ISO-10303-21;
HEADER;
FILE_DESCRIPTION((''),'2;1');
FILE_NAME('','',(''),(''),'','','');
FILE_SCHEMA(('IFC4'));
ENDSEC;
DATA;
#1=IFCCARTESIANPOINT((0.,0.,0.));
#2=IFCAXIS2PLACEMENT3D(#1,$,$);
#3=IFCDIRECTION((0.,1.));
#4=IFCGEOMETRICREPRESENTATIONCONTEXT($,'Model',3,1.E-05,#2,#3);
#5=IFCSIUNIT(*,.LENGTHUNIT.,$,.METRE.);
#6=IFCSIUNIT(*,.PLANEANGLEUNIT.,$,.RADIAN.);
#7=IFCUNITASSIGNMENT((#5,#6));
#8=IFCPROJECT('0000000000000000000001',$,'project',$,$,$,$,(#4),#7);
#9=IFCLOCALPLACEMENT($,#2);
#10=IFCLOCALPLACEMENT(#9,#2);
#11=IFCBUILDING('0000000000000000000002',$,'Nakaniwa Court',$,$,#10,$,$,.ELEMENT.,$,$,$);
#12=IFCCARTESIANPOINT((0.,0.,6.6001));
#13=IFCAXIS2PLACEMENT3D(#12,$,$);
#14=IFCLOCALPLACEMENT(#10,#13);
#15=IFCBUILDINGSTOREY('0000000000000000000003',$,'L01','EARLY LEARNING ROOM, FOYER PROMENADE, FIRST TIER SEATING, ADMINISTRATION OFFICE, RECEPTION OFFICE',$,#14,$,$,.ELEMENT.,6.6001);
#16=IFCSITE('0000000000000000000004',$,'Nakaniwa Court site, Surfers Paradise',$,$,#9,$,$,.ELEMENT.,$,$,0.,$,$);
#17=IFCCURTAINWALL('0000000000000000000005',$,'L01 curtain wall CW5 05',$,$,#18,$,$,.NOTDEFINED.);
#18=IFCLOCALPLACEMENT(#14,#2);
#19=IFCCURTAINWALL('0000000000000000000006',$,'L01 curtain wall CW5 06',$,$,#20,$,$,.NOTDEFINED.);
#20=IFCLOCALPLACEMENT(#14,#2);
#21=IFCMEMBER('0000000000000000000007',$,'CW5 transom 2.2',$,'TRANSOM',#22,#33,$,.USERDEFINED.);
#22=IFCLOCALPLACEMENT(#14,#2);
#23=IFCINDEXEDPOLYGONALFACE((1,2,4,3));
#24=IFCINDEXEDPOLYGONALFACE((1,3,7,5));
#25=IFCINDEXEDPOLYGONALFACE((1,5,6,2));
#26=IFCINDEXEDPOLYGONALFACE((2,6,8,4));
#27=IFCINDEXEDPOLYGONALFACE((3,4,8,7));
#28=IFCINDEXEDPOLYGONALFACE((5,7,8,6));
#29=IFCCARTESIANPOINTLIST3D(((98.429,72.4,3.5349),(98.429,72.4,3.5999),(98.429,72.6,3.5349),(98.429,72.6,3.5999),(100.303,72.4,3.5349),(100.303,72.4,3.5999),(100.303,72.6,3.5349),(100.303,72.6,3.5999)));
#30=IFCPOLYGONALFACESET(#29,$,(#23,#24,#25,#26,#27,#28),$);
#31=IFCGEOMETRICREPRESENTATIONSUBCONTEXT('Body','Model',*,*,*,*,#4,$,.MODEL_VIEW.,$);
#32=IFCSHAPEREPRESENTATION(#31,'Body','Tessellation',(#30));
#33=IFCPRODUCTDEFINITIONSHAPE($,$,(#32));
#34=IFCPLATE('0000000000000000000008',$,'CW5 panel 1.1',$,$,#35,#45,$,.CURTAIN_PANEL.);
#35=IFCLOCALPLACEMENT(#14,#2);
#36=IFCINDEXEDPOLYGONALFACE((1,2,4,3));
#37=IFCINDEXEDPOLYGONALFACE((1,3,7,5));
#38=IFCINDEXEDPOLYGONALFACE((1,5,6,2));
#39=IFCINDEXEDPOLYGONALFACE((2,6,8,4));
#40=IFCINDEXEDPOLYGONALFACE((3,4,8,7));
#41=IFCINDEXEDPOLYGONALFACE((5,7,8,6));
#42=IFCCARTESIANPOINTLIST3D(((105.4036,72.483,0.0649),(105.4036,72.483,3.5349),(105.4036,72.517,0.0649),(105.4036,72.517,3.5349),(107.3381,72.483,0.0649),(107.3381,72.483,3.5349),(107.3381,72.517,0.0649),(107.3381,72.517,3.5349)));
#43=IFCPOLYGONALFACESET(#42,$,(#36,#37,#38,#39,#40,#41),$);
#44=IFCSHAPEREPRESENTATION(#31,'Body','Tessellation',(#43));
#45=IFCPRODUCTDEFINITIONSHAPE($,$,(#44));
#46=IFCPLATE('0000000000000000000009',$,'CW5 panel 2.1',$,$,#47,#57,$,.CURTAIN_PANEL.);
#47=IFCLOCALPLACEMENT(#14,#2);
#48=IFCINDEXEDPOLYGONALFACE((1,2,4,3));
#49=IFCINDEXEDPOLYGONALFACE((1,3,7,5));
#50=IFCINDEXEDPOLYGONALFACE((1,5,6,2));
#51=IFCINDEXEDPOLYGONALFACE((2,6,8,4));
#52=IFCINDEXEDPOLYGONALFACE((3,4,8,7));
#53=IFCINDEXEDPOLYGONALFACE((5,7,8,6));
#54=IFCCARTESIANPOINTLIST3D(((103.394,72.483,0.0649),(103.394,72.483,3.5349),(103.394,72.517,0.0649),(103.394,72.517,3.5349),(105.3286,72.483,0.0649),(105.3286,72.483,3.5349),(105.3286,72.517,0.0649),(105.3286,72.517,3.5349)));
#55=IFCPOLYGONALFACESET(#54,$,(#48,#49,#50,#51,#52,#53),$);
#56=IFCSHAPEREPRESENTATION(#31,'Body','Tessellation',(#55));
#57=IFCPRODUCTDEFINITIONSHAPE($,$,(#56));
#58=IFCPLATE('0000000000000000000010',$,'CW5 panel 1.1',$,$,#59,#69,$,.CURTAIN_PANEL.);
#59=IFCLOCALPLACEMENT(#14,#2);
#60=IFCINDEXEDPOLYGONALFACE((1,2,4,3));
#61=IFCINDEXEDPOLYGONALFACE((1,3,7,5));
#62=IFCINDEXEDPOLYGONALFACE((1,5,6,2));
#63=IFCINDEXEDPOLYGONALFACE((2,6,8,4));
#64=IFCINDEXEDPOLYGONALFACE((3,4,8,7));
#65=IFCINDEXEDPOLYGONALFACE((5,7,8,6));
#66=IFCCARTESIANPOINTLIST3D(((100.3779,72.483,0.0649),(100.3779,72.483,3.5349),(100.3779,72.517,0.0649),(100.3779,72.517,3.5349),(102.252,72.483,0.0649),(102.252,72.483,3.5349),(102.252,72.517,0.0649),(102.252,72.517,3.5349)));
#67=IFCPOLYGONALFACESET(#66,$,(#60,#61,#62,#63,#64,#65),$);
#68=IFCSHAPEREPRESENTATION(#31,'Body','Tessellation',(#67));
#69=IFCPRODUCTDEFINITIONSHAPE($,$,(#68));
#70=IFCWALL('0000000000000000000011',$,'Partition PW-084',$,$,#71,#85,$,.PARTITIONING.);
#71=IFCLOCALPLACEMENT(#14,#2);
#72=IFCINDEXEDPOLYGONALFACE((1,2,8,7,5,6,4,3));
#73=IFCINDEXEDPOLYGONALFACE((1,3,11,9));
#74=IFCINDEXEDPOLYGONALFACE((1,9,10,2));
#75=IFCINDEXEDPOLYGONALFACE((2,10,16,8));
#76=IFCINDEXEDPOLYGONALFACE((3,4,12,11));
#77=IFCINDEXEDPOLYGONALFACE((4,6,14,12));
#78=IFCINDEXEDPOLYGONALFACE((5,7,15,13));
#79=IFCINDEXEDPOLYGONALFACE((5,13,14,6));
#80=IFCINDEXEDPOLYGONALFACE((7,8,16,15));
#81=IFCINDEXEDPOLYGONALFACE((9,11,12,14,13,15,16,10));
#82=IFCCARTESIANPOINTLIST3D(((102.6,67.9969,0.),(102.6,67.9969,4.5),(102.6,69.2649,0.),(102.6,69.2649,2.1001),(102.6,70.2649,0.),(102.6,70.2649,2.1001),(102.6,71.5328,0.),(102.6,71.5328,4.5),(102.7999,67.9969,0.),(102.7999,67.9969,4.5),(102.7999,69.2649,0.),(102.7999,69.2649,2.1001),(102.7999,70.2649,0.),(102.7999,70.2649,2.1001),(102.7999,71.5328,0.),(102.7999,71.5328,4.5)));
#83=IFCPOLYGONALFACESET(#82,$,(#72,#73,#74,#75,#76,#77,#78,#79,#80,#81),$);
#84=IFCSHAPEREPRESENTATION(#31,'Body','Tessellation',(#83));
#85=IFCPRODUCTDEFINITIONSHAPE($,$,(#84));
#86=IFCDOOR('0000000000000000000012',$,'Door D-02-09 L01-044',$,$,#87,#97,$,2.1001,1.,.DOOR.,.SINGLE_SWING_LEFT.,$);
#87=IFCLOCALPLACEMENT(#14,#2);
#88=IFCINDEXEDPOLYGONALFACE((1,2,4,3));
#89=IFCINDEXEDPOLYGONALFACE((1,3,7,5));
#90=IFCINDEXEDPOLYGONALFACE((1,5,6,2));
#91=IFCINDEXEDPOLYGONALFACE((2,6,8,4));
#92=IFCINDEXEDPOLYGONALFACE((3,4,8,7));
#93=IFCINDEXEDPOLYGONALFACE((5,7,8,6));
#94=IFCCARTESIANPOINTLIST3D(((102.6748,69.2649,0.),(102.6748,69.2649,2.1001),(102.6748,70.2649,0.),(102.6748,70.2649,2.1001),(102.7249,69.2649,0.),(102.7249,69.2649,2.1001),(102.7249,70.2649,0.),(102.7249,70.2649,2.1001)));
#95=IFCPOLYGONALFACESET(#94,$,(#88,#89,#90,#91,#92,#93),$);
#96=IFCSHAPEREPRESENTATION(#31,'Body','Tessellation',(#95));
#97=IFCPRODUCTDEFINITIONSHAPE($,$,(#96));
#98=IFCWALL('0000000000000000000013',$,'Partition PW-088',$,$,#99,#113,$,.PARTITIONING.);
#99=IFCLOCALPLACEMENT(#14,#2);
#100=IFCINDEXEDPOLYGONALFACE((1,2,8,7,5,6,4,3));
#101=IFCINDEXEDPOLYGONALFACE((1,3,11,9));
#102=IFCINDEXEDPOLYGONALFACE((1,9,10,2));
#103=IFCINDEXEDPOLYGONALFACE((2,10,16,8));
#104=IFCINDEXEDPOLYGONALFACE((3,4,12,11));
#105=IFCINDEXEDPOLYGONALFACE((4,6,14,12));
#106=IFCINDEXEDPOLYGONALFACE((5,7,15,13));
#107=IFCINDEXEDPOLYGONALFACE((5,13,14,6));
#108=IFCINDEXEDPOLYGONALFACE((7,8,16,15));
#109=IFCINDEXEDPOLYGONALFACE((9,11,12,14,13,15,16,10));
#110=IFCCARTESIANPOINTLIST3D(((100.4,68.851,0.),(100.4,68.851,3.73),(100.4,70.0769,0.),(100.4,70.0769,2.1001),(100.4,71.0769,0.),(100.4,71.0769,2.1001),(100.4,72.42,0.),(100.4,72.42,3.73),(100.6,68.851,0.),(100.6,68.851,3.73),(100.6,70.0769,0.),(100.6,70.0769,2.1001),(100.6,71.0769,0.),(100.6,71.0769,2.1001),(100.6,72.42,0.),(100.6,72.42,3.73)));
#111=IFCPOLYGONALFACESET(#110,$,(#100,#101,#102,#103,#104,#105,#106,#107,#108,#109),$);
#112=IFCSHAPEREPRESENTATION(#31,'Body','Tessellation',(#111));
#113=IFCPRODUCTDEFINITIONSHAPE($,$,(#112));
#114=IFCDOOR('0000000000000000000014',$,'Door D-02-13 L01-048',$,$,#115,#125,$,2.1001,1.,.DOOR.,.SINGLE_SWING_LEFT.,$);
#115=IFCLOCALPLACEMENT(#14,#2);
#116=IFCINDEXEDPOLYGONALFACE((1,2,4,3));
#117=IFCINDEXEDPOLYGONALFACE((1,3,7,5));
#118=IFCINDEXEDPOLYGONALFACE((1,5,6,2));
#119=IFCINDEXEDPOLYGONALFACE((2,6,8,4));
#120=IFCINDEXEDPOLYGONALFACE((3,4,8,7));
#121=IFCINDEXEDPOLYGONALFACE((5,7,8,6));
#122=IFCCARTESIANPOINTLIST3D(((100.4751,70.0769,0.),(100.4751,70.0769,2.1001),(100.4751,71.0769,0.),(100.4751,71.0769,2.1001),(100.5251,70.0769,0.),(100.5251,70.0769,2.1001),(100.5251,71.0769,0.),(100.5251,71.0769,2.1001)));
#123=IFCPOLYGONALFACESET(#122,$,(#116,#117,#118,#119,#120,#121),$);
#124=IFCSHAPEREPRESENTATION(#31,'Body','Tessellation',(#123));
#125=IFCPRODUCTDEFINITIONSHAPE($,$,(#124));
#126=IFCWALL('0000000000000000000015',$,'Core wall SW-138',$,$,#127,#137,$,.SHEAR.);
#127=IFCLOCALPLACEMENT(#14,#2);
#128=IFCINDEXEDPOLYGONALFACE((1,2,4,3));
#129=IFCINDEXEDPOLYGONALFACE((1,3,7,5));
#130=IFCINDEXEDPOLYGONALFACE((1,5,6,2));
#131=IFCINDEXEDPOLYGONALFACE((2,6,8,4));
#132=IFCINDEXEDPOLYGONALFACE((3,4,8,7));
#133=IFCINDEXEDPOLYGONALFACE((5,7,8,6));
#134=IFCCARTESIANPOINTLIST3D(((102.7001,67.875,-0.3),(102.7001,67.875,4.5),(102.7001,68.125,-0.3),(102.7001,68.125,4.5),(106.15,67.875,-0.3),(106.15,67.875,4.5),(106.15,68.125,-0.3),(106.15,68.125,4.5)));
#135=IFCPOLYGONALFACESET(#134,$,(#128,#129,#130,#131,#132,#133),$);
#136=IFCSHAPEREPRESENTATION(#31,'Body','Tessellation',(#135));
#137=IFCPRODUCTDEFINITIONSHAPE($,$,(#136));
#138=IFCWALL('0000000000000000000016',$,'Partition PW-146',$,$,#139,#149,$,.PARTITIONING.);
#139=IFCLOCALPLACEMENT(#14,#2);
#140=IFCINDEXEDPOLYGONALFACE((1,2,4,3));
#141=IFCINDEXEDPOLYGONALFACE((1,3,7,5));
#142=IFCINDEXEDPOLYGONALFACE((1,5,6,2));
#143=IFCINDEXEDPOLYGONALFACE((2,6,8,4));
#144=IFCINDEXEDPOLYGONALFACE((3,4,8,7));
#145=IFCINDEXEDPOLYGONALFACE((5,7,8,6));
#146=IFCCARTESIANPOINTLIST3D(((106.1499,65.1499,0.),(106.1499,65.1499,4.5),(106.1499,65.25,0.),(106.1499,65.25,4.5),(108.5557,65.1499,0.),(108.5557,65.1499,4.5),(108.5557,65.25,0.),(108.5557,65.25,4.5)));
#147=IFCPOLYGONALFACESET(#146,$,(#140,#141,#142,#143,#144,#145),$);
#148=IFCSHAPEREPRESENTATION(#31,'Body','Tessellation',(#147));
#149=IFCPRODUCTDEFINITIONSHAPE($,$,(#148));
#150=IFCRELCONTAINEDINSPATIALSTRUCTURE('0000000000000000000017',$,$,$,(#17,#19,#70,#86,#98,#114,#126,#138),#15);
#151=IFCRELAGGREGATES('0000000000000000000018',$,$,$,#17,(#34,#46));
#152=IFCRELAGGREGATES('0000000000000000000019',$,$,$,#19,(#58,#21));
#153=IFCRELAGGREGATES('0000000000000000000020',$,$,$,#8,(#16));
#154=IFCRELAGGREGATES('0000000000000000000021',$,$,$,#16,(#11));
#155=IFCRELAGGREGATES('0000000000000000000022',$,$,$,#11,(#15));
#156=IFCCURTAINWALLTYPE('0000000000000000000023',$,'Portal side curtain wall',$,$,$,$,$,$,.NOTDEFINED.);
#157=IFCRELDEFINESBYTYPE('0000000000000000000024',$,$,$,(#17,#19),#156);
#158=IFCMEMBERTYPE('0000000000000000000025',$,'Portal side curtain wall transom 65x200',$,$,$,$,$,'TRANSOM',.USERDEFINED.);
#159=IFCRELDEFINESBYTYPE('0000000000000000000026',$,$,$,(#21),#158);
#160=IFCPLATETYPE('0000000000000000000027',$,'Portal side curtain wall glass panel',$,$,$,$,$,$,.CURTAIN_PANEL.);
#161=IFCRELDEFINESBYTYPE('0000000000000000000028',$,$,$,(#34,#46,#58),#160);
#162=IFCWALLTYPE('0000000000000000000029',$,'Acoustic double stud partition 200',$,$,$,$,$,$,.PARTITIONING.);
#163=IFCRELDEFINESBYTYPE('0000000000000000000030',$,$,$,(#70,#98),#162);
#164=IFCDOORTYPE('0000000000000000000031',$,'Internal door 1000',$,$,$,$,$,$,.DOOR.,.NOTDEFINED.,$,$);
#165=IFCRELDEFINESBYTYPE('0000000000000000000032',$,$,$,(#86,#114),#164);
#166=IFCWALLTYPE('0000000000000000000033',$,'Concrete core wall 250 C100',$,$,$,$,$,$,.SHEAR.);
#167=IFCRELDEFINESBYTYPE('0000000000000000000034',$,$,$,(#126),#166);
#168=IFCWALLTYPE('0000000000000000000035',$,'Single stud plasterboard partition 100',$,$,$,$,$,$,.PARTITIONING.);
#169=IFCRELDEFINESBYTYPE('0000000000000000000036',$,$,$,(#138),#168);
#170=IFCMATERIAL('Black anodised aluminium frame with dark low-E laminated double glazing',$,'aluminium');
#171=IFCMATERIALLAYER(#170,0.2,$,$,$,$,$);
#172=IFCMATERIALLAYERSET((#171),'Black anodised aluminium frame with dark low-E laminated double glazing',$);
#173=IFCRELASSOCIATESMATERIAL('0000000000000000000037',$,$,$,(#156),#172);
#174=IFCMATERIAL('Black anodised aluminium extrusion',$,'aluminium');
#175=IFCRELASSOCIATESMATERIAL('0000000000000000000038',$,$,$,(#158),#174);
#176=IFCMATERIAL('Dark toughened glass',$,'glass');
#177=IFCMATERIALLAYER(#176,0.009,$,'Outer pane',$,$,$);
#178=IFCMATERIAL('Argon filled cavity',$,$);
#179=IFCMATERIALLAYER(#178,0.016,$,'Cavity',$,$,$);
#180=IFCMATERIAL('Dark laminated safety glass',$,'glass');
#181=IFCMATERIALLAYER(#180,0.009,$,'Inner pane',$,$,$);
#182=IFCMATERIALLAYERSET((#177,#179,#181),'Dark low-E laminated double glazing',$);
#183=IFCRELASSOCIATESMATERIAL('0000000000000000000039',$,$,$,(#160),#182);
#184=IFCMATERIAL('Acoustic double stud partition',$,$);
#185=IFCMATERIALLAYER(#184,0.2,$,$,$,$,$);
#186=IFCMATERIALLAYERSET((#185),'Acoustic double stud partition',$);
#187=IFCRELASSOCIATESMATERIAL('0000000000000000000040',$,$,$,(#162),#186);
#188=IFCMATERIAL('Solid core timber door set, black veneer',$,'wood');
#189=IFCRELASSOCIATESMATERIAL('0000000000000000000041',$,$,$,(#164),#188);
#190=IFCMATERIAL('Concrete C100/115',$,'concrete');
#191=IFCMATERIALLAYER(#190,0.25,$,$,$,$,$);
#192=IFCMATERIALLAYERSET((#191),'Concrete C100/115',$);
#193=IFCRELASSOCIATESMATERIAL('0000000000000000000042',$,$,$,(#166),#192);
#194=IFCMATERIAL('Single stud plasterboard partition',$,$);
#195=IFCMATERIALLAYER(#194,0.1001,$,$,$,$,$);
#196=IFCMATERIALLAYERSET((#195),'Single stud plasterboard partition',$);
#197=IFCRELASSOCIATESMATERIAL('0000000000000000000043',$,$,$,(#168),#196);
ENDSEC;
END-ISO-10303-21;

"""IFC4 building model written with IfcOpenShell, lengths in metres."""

from ifc_helpers import new_model, si_unit, direction, frame, frame_2d, origin, origin_2d, place, context, subcontext, project, spatial, rectangle, extrude, material, layer, layer_set, material_profile, profile_set, type_object, element, fill, aggregate, save


model = new_model("IFC4")

# Units and contexts
model_context = context("Model", 3, precision=1e-05, world=origin(), true_north=direction((0.0, 1.0)))
body_context = subcontext(model_context, "Body", "Model", "MODEL_VIEW")
ifc_project = project(units=[si_unit("LENGTHUNIT", "METRE"), si_unit("PLANEANGLEUNIT", "RADIAN")], contexts=[model_context])

# Site, building, storey
site_placement = place(None, origin())
site = spatial("IfcSite", under=ifc_project, at=site_placement, Name="Nakaniwa Court site, Surfers Paradise", CompositionType="ELEMENT", RefElevation=0.0)
building_placement = place(site_placement, origin())
building = spatial("IfcBuilding", under=site, at=building_placement, Name="Nakaniwa Court", CompositionType="ELEMENT")
storey_placement = place(building_placement, frame((0.0, 0.0, 6.6001)))
storey = spatial("IfcBuildingStorey", under=building, at=storey_placement, Name="L01", Description="EARLY LEARNING ROOM, FOYER PROMENADE, FIRST TIER SEATING, ADMINISTRATION OFFICE, RECEPTION OFFICE", CompositionType="ELEMENT", Elevation=6.6001)

# Shared definitions
ifc_material_1 = material(Name="Concrete C100/115", Category="concrete")

# Curtain walls
ifc_material_2 = material(Name="Black anodised aluminium frame with dark low-E laminated double glazing", Category="aluminium")
ifc_layer_1 = layer(ifc_material_2, 0.2)
ifc_layer_set_1 = layer_set([ifc_layer_1], Name="Black anodised aluminium frame with dark low-E laminated double glazing")
curtain_wall_type = type_object("IfcCurtainWallType", Name="Portal side curtain wall", PredefinedType="NOTDEFINED", material=ifc_layer_set_1)
curtain_wall_1_placement = place(storey_placement, origin())
curtain_wall_1 = element("IfcCurtainWall", 1, at=curtain_wall_1_placement, inside=storey, type_object=curtain_wall_type, Name="L01 curtain wall CW5 05", PredefinedType="NOTDEFINED")
ifc_material_3 = material(Name="Black anodised aluminium extrusion", Category="aluminium")
curtain_wall_2_placement = place(storey_placement, origin())
curtain_wall_2 = element("IfcCurtainWall", 2, at=curtain_wall_2_placement, inside=storey, type_object=curtain_wall_type, Name="L01 curtain wall CW5 06", PredefinedType="NOTDEFINED")

# Member
ifc_material_profile_1 = material_profile(ifc_material_3, rectangle(XDim=0.2, YDim=0.0649, at=origin_2d()), Name="Portal side curtain wall transom 65x200")
ifc_profile_set_1 = profile_set([ifc_material_profile_1], Name="Black anodised aluminium extrusion")
member_type_1 = type_object("IfcMemberType", Name="Portal side curtain wall transom 65x200", ElementType="TRANSOM", PredefinedType="USERDEFINED", material=ifc_profile_set_1)
member_1_placement = place(storey_placement, frame((100.303, 72.5, 3.5674), z_axis=(-1.0, 0.0, 0.0), x_axis=(0.0, -1.0, 0.0)))
member_1 = element("IfcMember", 3, at=member_1_placement, type_object=member_type_1, Name="CW5 transom 2.2", ObjectType="TRANSOM", PredefinedType="USERDEFINED", context=body_context, shape_type="SweptSolid", body=[
    extrude(rectangle(XDim=0.2, YDim=0.0649, at=origin_2d()), origin(), (0.0, 0.0, 1.0), 1.874),
])

# Plates
ifc_material_4 = material(Name="Dark toughened glass", Category="glass")
ifc_layer_2 = layer(ifc_material_4, 0.009, Name="Outer pane")
ifc_material_5 = material(Name="Argon filled cavity")
ifc_layer_3 = layer(ifc_material_5, 0.016, Name="Cavity")
ifc_material_6 = material(Name="Dark laminated safety glass", Category="glass")
ifc_layer_4 = layer(ifc_material_6, 0.009, Name="Inner pane")
ifc_layer_set_2 = layer_set([ifc_layer_2, ifc_layer_3, ifc_layer_4], Name="Dark low-E laminated double glazing")
plate_type = type_object("IfcPlateType", Name="Portal side curtain wall glass panel", PredefinedType="CURTAIN_PANEL", material=ifc_layer_set_2)
plate_1_placement = place(storey_placement, frame((106.3708, 72.5, 0.0649), z_axis=(0.0, 0.0, 1.0), x_axis=(-1.0, 0.0, 0.0)))
plate_1 = element("IfcPlate", 4, at=plate_1_placement, type_object=plate_type, Name="CW5 panel 1.1", PredefinedType="CURTAIN_PANEL", context=body_context, shape_type="SweptSolid", body=[
    extrude(rectangle(XDim=1.9346, YDim=0.0339, at=origin_2d()), origin(), (0.0, 0.0, 1.0), 3.47),
])
plate_2_placement = place(storey_placement, frame((104.3613, 72.5, 0.0649), z_axis=(0.0, 0.0, 1.0), x_axis=(-1.0, 0.0, 0.0)))
plate_2 = element("IfcPlate", 5, at=plate_2_placement, type_object=plate_type, Name="CW5 panel 2.1", PredefinedType="CURTAIN_PANEL", context=body_context, shape_type="SweptSolid", body=[
    extrude(rectangle(XDim=1.9346, YDim=0.0339, at=origin_2d()), origin(), (0.0, 0.0, 1.0), 3.47),
])
aggregate(curtain_wall_1, [plate_1, plate_2])
plate_3_placement = place(storey_placement, frame((101.3149, 72.5, 0.0649), z_axis=(0.0, 0.0, 1.0), x_axis=(-1.0, 0.0, 0.0)))
plate_3 = element("IfcPlate", 6, at=plate_3_placement, type_object=plate_type, Name="CW5 panel 1.1", PredefinedType="CURTAIN_PANEL", context=body_context, shape_type="SweptSolid", body=[
    extrude(rectangle(XDim=1.874, YDim=0.0339, at=origin_2d()), origin(), (0.0, 0.0, 1.0), 3.47),
])
aggregate(curtain_wall_2, [plate_3, member_1])

# Walls, openings, doors
ifc_material_7 = material(Name="Acoustic double stud partition")
ifc_layer_5 = layer(ifc_material_7, 0.2)
ifc_layer_set_3 = layer_set([ifc_layer_5], Name="Acoustic double stud partition")
wall_type_1 = type_object("IfcWallType", Name="Acoustic double stud partition 200", PredefinedType="PARTITIONING", material=ifc_layer_set_3)
wall_1_placement = place(storey_placement, frame((102.7, 71.533, 0.0), z_axis=(0.0, 0.0, 1.0), x_axis=(0.0, -1.0, 0.0)))
wall_1 = element("IfcWall", 7, at=wall_1_placement, inside=storey, type_object=wall_type_1, Name="Partition PW-084", PredefinedType="PARTITIONING", context=body_context, shape_type="SweptSolid", body=[
    extrude(rectangle(XDim=3.5359, YDim=0.2, at=frame_2d((1.7681, 0.0))), origin(), (0.0, 0.0, 1.0), 4.5),
])
opening_1_placement = place(wall_1_placement, frame((1.2681, 0.0, 0.0)))
opening_1 = element("IfcOpeningElement", 8, at=opening_1_placement, cuts=wall_1, PredefinedType="OPENING", context=body_context, shape_type="SweptSolid", body=[
    extrude(rectangle(XDim=1.0, YDim=2.1001, at=frame_2d((0.5, 1.05))), frame((0.0, 0.1099, 0.0), z_axis=(0.0, -1.0, 0.0), x_axis=(1.0, 0.0, 0.0)), (0.0, 0.0, 1.0), 0.22),
])
ifc_material_8 = material(Name="Solid core timber door set, black veneer", Category="wood")
door_type = type_object("IfcDoorType", Name="Internal door 1000", OperationType="NOTDEFINED", PredefinedType="DOOR", material=ifc_material_8)
door_1_placement = place(opening_1_placement, origin())
door_1 = element("IfcDoor", 9, at=door_1_placement, inside=storey, type_object=door_type, Name="Door D-02-09 L01-044", OperationType="SINGLE_SWING_LEFT", OverallHeight=2.1001, OverallWidth=1.0, PredefinedType="DOOR", context=body_context, shape_type="SweptSolid", body=[
    extrude(rectangle(XDim=1.0, YDim=2.1001, at=frame_2d((0.5, 1.05))), frame((0.0, 0.0249, 0.0), z_axis=(0.0, -1.0, 0.0), x_axis=(1.0, 0.0, 0.0)), (0.0, 0.0, 1.0), 0.05),
])
fill(opening_1, door_1)
wall_2_placement = place(storey_placement, frame((100.5, 68.8508, 0.0), z_axis=(0.0, 0.0, 1.0), x_axis=(0.0, 1.0, 0.0)))
wall_2 = element("IfcWall", 10, at=wall_2_placement, inside=storey, type_object=wall_type_1, Name="Partition PW-088", PredefinedType="PARTITIONING", context=body_context, shape_type="SweptSolid", body=[
    extrude(rectangle(XDim=3.5691, YDim=0.2, at=frame_2d((1.7847, 0.0))), origin(), (0.0, 0.0, 1.0), 3.73),
])
opening_2_placement = place(wall_2_placement, frame((1.2261, 0.0, 0.0)))
opening_2 = element("IfcOpeningElement", 11, at=opening_2_placement, cuts=wall_2, PredefinedType="OPENING", context=body_context, shape_type="SweptSolid", body=[
    extrude(rectangle(XDim=1.0, YDim=2.1001, at=frame_2d((0.5, 1.05))), frame((0.0, 0.1099, 0.0), z_axis=(0.0, -1.0, 0.0), x_axis=(1.0, 0.0, 0.0)), (0.0, 0.0, 1.0), 0.22),
])
door_2_placement = place(opening_2_placement, origin())
door_2 = element("IfcDoor", 12, at=door_2_placement, inside=storey, type_object=door_type, Name="Door D-02-13 L01-048", OperationType="SINGLE_SWING_LEFT", OverallHeight=2.1001, OverallWidth=1.0, PredefinedType="DOOR", context=body_context, shape_type="SweptSolid", body=[
    extrude(rectangle(XDim=1.0, YDim=2.1001, at=frame_2d((0.5, 1.05))), frame((0.0, 0.0249, 0.0), z_axis=(0.0, -1.0, 0.0), x_axis=(1.0, 0.0, 0.0)), (0.0, 0.0, 1.0), 0.05),
])
fill(opening_2, door_2)

# Walls
ifc_layer_6 = layer(ifc_material_1, 0.25)
ifc_layer_set_4 = layer_set([ifc_layer_6], Name="Concrete C100/115")
wall_type_2 = type_object("IfcWallType", Name="Concrete core wall 250 C100", PredefinedType="SHEAR", material=ifc_layer_set_4)
wall_3_placement = place(storey_placement, frame((102.7, 68.0, -0.3), z_axis=(0.0, 0.0, 1.0), x_axis=(1.0, 0.0, 0.0)))
element("IfcWall", 13, at=wall_3_placement, inside=storey, type_object=wall_type_2, Name="Core wall SW-138", PredefinedType="SHEAR", context=body_context, shape_type="SweptSolid", body=[
    extrude(rectangle(XDim=3.45, YDim=0.25, at=frame_2d((1.7251, 0.0))), origin(), (0.0, 0.0, 1.0), 4.8),
])
ifc_material_9 = material(Name="Single stud plasterboard partition")
ifc_layer_7 = layer(ifc_material_9, 0.1001)
ifc_layer_set_5 = layer_set([ifc_layer_7], Name="Single stud plasterboard partition")
wall_type_3 = type_object("IfcWallType", Name="Single stud plasterboard partition 100", PredefinedType="PARTITIONING", material=ifc_layer_set_5)
wall_4_placement = place(storey_placement, frame((106.1499, 65.2, 0.0), z_axis=(0.0, 0.0, 1.0), x_axis=(1.0, 0.0, 0.0)))
element("IfcWall", 14, at=wall_4_placement, inside=storey, type_object=wall_type_3, Name="Partition PW-146", PredefinedType="PARTITIONING", context=body_context, shape_type="SweptSolid", body=[
    extrude(rectangle(XDim=2.4058, YDim=0.1001, at=frame_2d((1.2029, 0.0))), origin(), (0.0, 0.0, 1.0), 4.5),
])

save(model, "model.ifc")
